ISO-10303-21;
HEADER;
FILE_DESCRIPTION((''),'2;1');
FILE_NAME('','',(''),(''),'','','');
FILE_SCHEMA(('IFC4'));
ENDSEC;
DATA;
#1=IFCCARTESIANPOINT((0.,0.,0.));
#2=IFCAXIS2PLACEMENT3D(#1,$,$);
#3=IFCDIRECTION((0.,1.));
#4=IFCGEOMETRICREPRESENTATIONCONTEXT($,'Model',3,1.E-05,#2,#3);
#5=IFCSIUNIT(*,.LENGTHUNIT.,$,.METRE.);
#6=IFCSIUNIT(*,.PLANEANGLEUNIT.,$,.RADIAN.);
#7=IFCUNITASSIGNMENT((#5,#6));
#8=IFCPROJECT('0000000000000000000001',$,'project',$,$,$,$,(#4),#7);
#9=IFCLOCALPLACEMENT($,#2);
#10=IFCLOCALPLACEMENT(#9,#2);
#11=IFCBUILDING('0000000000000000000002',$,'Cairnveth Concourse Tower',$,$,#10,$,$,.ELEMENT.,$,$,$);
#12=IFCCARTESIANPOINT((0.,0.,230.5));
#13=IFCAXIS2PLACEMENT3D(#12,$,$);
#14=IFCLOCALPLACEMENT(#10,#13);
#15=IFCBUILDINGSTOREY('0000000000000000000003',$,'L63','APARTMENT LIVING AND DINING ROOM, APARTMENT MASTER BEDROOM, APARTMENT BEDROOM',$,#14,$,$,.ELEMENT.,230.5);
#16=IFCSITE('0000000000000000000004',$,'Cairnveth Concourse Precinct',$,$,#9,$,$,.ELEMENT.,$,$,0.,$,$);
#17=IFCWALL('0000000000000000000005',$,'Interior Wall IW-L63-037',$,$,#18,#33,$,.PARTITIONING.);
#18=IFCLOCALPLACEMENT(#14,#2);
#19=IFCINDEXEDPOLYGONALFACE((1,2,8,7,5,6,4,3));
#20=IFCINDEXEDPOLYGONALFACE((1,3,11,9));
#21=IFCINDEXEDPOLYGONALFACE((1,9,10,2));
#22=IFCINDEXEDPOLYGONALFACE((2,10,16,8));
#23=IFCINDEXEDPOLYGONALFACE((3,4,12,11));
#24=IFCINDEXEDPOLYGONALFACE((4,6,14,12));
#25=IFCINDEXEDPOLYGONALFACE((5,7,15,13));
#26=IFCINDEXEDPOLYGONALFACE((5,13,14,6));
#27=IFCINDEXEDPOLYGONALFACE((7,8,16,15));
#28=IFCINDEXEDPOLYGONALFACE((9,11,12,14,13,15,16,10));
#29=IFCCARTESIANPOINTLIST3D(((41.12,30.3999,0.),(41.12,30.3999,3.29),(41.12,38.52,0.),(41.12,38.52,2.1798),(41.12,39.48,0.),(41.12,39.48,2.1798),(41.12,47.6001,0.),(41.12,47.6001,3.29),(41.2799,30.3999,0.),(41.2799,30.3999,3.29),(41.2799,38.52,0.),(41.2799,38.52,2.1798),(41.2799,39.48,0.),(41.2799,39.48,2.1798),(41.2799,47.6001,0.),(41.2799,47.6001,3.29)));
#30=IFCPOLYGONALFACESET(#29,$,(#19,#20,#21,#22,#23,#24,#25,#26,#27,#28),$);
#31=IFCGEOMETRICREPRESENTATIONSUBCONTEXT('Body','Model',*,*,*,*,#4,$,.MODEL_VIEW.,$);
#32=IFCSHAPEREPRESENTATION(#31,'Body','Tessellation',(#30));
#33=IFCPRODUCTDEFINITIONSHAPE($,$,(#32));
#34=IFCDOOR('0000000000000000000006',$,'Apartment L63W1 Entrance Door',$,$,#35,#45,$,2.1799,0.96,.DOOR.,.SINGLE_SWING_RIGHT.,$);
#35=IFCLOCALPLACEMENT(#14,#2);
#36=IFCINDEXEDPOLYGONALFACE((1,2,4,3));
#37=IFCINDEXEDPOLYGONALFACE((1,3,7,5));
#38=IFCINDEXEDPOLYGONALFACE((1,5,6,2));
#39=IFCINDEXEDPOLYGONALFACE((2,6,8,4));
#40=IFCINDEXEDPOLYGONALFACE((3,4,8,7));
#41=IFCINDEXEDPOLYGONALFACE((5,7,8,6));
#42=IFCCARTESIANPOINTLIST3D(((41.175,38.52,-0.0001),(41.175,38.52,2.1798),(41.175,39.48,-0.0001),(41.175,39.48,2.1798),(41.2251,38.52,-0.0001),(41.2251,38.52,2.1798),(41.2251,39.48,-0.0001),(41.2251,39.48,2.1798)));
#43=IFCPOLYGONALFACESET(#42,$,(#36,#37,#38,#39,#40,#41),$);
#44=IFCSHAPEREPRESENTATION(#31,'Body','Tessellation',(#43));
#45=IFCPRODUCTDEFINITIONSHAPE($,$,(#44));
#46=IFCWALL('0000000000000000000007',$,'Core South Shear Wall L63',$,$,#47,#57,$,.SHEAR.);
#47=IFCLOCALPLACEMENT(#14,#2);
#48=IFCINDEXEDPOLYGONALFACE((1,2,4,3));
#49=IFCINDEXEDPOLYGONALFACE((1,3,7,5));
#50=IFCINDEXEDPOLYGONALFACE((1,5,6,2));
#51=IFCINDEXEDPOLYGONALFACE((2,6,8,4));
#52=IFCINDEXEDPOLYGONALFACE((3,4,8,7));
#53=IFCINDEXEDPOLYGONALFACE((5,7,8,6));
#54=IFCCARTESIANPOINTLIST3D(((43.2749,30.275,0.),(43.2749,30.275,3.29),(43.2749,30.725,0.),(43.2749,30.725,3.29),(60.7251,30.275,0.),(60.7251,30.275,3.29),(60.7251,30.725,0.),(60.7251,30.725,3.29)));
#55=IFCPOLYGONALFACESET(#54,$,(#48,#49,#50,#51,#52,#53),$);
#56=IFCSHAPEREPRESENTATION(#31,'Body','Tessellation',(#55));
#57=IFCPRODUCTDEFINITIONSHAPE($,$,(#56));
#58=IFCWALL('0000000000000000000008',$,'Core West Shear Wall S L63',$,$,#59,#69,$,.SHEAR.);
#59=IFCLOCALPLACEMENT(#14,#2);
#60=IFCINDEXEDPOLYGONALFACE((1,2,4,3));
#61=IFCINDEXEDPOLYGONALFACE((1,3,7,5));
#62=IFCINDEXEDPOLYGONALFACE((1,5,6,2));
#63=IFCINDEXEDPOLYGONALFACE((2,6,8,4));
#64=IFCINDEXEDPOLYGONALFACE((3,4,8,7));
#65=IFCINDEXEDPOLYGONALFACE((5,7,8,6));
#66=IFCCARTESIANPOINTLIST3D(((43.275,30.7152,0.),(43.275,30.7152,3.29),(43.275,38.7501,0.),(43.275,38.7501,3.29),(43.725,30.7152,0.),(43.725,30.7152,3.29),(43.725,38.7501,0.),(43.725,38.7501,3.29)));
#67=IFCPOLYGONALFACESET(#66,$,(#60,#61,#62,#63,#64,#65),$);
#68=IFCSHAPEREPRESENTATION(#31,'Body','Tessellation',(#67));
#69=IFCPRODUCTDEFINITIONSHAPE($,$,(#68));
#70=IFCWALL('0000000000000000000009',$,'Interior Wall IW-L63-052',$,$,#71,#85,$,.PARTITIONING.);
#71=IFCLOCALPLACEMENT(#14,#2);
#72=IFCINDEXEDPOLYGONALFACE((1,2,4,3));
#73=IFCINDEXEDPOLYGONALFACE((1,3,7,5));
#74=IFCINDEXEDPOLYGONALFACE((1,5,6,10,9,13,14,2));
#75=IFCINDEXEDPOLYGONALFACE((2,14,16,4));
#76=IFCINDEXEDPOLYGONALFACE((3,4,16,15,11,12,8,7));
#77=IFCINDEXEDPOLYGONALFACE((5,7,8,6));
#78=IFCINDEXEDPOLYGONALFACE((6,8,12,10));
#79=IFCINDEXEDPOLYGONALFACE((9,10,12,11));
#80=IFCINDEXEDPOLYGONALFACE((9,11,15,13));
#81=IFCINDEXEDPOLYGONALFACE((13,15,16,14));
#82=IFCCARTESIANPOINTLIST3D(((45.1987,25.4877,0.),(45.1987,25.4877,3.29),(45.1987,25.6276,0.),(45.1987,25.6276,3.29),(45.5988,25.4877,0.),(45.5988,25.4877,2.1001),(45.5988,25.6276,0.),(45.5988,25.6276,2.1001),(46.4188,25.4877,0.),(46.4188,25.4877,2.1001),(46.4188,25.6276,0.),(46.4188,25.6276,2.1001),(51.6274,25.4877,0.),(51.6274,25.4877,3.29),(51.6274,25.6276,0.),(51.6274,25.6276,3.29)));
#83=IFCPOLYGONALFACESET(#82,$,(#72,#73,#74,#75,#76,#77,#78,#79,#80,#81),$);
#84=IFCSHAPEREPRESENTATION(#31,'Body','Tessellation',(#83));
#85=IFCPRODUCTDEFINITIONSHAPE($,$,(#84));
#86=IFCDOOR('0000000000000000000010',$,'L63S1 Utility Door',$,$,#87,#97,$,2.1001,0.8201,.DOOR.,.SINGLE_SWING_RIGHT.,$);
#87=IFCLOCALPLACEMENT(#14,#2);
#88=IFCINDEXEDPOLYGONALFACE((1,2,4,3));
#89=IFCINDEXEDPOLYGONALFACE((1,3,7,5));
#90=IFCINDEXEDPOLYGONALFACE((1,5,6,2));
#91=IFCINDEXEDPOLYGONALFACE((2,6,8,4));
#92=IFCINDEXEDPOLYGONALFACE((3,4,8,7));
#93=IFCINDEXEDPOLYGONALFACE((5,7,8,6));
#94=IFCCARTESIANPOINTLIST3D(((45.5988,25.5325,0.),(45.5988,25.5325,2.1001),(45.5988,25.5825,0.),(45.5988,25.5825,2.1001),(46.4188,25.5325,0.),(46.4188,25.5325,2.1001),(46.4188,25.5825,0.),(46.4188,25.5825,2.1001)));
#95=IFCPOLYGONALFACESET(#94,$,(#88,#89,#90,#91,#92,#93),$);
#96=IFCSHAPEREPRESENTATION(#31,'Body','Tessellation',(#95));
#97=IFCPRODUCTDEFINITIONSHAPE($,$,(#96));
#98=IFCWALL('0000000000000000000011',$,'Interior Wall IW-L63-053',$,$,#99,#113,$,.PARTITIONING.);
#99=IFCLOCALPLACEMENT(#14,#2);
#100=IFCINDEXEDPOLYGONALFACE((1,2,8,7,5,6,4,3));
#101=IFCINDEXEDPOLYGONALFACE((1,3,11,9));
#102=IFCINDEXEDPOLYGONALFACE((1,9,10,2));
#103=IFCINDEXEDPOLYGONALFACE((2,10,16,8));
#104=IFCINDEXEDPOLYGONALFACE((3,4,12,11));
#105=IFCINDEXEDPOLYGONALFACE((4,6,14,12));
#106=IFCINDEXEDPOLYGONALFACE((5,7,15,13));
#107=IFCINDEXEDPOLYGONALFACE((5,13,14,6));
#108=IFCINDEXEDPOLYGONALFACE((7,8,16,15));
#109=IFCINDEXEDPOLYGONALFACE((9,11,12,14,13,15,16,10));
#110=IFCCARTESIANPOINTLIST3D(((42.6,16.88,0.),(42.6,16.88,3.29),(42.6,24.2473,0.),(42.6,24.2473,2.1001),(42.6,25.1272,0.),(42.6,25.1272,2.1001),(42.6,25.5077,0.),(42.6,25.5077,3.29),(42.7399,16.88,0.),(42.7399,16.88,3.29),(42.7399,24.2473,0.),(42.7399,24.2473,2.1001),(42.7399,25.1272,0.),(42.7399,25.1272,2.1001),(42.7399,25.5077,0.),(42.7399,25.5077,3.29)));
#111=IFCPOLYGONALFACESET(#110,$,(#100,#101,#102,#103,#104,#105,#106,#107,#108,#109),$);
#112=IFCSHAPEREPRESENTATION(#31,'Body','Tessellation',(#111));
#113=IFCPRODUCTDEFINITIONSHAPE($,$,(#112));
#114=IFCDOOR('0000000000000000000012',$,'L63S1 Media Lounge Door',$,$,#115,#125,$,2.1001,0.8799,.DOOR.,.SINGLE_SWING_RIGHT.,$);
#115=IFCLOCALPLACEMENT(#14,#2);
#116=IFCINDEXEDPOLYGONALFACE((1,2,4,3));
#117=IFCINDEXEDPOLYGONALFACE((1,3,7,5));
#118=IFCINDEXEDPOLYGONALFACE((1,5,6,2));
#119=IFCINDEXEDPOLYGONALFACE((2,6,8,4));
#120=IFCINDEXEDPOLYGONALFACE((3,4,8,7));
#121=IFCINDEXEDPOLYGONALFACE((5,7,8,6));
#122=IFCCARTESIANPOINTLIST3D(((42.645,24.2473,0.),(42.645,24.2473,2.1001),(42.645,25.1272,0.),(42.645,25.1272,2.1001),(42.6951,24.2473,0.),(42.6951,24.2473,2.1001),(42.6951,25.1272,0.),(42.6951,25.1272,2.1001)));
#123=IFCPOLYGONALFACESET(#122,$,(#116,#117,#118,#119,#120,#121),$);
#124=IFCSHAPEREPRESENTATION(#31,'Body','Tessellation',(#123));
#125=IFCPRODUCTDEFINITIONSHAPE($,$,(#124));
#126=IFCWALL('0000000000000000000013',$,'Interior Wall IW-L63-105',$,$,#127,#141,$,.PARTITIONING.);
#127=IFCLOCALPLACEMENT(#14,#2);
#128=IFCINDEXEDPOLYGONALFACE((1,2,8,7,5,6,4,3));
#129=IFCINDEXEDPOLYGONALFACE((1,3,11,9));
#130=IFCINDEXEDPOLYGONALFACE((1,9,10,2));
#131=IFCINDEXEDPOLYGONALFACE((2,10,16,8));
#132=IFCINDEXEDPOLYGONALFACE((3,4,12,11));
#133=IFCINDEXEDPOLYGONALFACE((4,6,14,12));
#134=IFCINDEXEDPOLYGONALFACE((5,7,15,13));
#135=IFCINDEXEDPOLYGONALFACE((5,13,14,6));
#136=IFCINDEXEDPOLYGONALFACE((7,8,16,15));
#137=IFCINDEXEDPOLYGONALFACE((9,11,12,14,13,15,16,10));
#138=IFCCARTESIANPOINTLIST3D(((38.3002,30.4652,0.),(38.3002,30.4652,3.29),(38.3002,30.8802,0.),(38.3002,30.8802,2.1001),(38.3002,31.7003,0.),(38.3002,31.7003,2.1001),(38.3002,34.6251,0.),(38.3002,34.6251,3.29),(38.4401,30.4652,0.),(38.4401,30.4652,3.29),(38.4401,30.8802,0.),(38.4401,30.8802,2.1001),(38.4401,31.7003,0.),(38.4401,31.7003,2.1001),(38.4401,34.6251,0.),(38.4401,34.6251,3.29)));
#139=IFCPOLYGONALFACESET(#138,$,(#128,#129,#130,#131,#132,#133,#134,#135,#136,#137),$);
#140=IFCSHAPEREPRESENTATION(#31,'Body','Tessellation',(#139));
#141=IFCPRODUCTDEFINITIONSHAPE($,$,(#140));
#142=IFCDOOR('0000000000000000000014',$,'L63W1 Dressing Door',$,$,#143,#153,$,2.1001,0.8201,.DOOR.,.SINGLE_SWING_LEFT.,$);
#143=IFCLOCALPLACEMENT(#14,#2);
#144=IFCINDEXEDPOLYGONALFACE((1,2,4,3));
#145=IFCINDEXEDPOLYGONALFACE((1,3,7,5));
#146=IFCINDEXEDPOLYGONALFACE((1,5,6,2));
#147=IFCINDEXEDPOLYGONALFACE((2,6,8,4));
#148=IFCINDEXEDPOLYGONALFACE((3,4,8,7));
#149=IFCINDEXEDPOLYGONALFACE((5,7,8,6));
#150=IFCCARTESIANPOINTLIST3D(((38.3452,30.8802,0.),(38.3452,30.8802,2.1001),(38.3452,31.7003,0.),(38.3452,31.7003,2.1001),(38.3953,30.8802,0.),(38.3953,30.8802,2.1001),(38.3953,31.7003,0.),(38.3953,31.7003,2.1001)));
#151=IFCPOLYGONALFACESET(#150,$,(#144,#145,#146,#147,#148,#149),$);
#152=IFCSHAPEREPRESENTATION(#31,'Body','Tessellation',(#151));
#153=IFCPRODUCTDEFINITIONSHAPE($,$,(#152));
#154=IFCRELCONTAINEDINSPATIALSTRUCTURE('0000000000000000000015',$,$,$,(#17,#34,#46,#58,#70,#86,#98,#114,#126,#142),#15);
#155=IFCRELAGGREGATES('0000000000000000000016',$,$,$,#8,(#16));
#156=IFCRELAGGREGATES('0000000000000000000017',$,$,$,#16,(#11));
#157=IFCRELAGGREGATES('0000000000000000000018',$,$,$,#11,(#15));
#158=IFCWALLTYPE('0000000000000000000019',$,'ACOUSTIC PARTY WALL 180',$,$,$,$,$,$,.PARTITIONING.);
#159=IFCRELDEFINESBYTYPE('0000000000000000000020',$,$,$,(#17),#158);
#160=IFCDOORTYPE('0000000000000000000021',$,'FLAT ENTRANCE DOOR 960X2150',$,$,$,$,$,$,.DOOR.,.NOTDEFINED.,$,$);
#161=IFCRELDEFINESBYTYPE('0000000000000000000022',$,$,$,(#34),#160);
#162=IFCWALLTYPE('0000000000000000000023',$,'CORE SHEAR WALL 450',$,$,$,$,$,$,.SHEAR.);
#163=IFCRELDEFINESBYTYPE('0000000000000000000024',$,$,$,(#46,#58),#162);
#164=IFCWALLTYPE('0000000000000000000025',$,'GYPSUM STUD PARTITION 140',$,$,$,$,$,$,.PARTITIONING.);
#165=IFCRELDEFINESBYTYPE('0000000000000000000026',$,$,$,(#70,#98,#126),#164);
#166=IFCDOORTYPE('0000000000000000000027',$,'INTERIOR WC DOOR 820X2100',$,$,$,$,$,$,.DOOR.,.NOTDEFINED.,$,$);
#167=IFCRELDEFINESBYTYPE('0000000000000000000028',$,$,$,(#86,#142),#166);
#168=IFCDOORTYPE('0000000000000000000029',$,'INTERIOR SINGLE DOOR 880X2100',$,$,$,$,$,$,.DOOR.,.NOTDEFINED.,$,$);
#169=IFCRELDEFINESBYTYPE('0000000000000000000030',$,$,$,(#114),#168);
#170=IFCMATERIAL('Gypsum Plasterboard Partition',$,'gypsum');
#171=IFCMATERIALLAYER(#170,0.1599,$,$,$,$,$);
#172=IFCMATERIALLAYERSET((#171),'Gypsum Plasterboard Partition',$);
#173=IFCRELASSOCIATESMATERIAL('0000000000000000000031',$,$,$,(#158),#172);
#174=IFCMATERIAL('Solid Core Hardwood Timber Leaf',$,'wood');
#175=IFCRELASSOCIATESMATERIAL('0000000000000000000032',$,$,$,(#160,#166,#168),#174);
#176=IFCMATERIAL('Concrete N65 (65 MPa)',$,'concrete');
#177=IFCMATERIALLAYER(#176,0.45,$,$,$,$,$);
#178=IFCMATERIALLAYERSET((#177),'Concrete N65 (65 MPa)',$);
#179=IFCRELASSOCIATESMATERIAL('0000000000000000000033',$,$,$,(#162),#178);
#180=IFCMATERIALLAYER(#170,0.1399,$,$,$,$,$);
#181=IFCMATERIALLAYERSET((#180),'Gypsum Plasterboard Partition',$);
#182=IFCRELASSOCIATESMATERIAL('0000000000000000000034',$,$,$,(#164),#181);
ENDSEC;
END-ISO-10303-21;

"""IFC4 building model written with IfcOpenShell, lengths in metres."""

from ifc_helpers import new_model, si_unit, direction, frame, frame_2d, origin, place, context, subcontext, project, spatial, rectangle, extrude, material, layer, layer_set, type_object, element, fill, save


model = new_model("IFC4")

# Units and contexts
model_context = context("Model", 3, precision=1e-05, world=origin(), true_north=direction((0.0, 1.0)))
body_context = subcontext(model_context, "Body", "Model", "MODEL_VIEW")
ifc_project = project(units=[si_unit("LENGTHUNIT", "METRE"), si_unit("PLANEANGLEUNIT", "RADIAN")], contexts=[model_context])

# Site, building, storey
site_placement = place(None, origin())
site = spatial("IfcSite", under=ifc_project, at=site_placement, Name="Cairnveth Concourse Precinct", CompositionType="ELEMENT", RefElevation=0.0)
building_placement = place(site_placement, origin())
building = spatial("IfcBuilding", under=site, at=building_placement, Name="Cairnveth Concourse Tower", CompositionType="ELEMENT")
storey_placement = place(building_placement, frame((0.0, 0.0, 230.5)))
storey = spatial("IfcBuildingStorey", under=building, at=storey_placement, Name="L63", Description="APARTMENT LIVING AND DINING ROOM, APARTMENT MASTER BEDROOM, APARTMENT BEDROOM", CompositionType="ELEMENT", Elevation=230.5)

# Shared definitions
ifc_material_1 = material(Name="Concrete N65 (65 MPa)", Category="concrete")

# Wall, opening, door
ifc_material_2 = material(Name="Gypsum Plasterboard Partition", Category="gypsum")
ifc_layer_1 = layer(ifc_material_2, 0.1599)
ifc_layer_set_1 = layer_set([ifc_layer_1], Name="Gypsum Plasterboard Partition")
wall_type_1 = type_object("IfcWallType", Name="ACOUSTIC PARTY WALL 180", PredefinedType="PARTITIONING", material=ifc_layer_set_1)
wall_1_placement = place(storey_placement, frame((41.2, 30.3999, 0.0), z_axis=(0.0, 0.0, 1.0), x_axis=(0.0, 1.0, 0.0)))
wall_1 = element("IfcWall", 1, at=wall_1_placement, inside=storey, type_object=wall_type_1, Name="Interior Wall IW-L63-037", PredefinedType="PARTITIONING", context=body_context, shape_type="SweptSolid", body=[
    extrude(rectangle(XDim=17.2002, YDim=0.1599, at=frame_2d((8.6001, 0.0))), origin(), (0.0, 0.0, 1.0), 3.29),
])
opening_1_placement = place(wall_1_placement, frame((8.1201, 0.0, 0.0)))
opening_1 = element("IfcOpeningElement", 2, at=opening_1_placement, cuts=wall_1, PredefinedType="OPENING", context=body_context, shape_type="SweptSolid", body=[
    extrude(rectangle(XDim=0.96, YDim=2.1799, at=frame_2d((0.48, 1.0898))), frame((0.0, 0.0898, 0.0), z_axis=(0.0, -1.0, 0.0), x_axis=(1.0, 0.0, 0.0)), (0.0, 0.0, 1.0), 0.1799),
])
ifc_material_3 = material(Name="Solid Core Hardwood Timber Leaf", Category="wood")
door_type_1 = type_object("IfcDoorType", Name="FLAT ENTRANCE DOOR 960X2150", OperationType="NOTDEFINED", PredefinedType="DOOR", material=ifc_material_3)
door_1_placement = place(opening_1_placement, origin())
door_1 = element("IfcDoor", 3, at=door_1_placement, inside=storey, type_object=door_type_1, Name="Apartment L63W1 Entrance Door", OperationType="SINGLE_SWING_RIGHT", OverallHeight=2.1799, OverallWidth=0.96, PredefinedType="DOOR", context=body_context, shape_type="SweptSolid", body=[
    extrude(rectangle(XDim=0.96, YDim=2.1799, at=frame_2d((0.48, 1.0898))), frame((0.0, 0.0249, 0.0), z_axis=(0.0, -1.0, 0.0), x_axis=(1.0, 0.0, 0.0)), (0.0, 0.0, 1.0), 0.05),
])
fill(opening_1, door_1)

# Walls
ifc_layer_2 = layer(ifc_material_1, 0.45)
ifc_layer_set_2 = layer_set([ifc_layer_2], Name="Concrete N65 (65 MPa)")
wall_type_2 = type_object("IfcWallType", Name="CORE SHEAR WALL 450", PredefinedType="SHEAR", material=ifc_layer_set_2)
wall_2_placement = place(storey_placement, frame((43.2749, 30.5, 0.0), z_axis=(0.0, 0.0, 1.0), x_axis=(1.0, 0.0, 0.0)))
element("IfcWall", 4, at=wall_2_placement, inside=storey, type_object=wall_type_2, Name="Core South Shear Wall L63", PredefinedType="SHEAR", context=body_context, shape_type="SweptSolid", body=[
    extrude(rectangle(XDim=17.4502, YDim=0.45, at=frame_2d((8.7251, 0.0))), origin(), (0.0, 0.0, 1.0), 3.29),
])
wall_3_placement = place(storey_placement, frame((43.5, 30.7151, 0.0), z_axis=(0.0, 0.0, 1.0), x_axis=(0.0, 1.0, 0.0)))
element("IfcWall", 5, at=wall_3_placement, inside=storey, type_object=wall_type_2, Name="Core West Shear Wall S L63", PredefinedType="SHEAR", context=body_context, shape_type="SweptSolid", body=[
    extrude(rectangle(XDim=8.0349, YDim=0.45, at=frame_2d((4.0176, 0.0))), origin(), (0.0, 0.0, 1.0), 3.29),
])

# Walls, openings, doors
ifc_layer_3 = layer(ifc_material_2, 0.1399)
ifc_layer_set_3 = layer_set([ifc_layer_3], Name="Gypsum Plasterboard Partition")
wall_type_3 = type_object("IfcWallType", Name="GYPSUM STUD PARTITION 140", PredefinedType="PARTITIONING", material=ifc_layer_set_3)
wall_4_placement = place(storey_placement, frame((45.1987, 25.5576, 0.0), z_axis=(0.0, 0.0, 1.0), x_axis=(1.0, 0.0, 0.0)))
wall_4 = element("IfcWall", 6, at=wall_4_placement, inside=storey, type_object=wall_type_3, Name="Interior Wall IW-L63-052", PredefinedType="PARTITIONING", context=body_context, shape_type="SweptSolid", body=[
    extrude(rectangle(XDim=6.4287, YDim=0.1399, at=frame_2d((3.2144, 0.0))), origin(), (0.0, 0.0, 1.0), 3.29),
])
opening_2_placement = place(wall_4_placement, frame((0.3999, 0.0, 0.0)))
opening_2 = element("IfcOpeningElement", 7, at=opening_2_placement, cuts=wall_4, PredefinedType="OPENING", context=body_context, shape_type="SweptSolid", body=[
    extrude(rectangle(XDim=0.8201, YDim=2.1001, at=frame_2d((0.4102, 1.05))), frame((0.0, 0.0798, 0.0), z_axis=(0.0, -1.0, 0.0), x_axis=(1.0, 0.0, 0.0)), (0.0, 0.0, 1.0), 0.1599),
])
door_type_2 = type_object("IfcDoorType", Name="INTERIOR WC DOOR 820X2100", OperationType="NOTDEFINED", PredefinedType="DOOR", material=ifc_material_3)
door_2_placement = place(opening_2_placement, origin())
door_2 = element("IfcDoor", 8, at=door_2_placement, inside=storey, type_object=door_type_2, Name="L63S1 Utility Door", OperationType="SINGLE_SWING_RIGHT", OverallHeight=2.1001, OverallWidth=0.8201, PredefinedType="DOOR", context=body_context, shape_type="SweptSolid", body=[
    extrude(rectangle(XDim=0.8201, YDim=2.1001, at=frame_2d((0.4102, 1.05))), frame((0.0, 0.0249, 0.0), z_axis=(0.0, -1.0, 0.0), x_axis=(1.0, 0.0, 0.0)), (0.0, 0.0, 1.0), 0.05),
])
fill(opening_2, door_2)
wall_5_placement = place(storey_placement, frame((42.6699, 16.8799, 0.0), z_axis=(0.0, 0.0, 1.0), x_axis=(0.0, 1.0, 0.0)))
wall_5 = element("IfcWall", 9, at=wall_5_placement, inside=storey, type_object=wall_type_3, Name="Interior Wall IW-L63-053", PredefinedType="PARTITIONING", context=body_context, shape_type="SweptSolid", body=[
    extrude(rectangle(XDim=8.6277, YDim=0.1399, at=frame_2d((4.314, 0.0))), origin(), (0.0, 0.0, 1.0), 3.29),
])
opening_3_placement = place(wall_5_placement, frame((7.3674, 0.0, 0.0)))
opening_3 = element("IfcOpeningElement", 10, at=opening_3_placement, cuts=wall_5, PredefinedType="OPENING", context=body_context, shape_type="SweptSolid", body=[
    extrude(rectangle(XDim=0.8799, YDim=2.1001, at=frame_2d((0.4399, 1.05))), frame((0.0, 0.0798, 0.0), z_axis=(0.0, -1.0, 0.0), x_axis=(1.0, 0.0, 0.0)), (0.0, 0.0, 1.0), 0.1599),
])
door_type_3 = type_object("IfcDoorType", Name="INTERIOR SINGLE DOOR 880X2100", OperationType="NOTDEFINED", PredefinedType="DOOR", material=ifc_material_3)
door_3_placement = place(opening_3_placement, origin())
door_3 = element("IfcDoor", 11, at=door_3_placement, inside=storey, type_object=door_type_3, Name="L63S1 Media Lounge Door", OperationType="SINGLE_SWING_RIGHT", OverallHeight=2.1001, OverallWidth=0.8799, PredefinedType="DOOR", context=body_context, shape_type="SweptSolid", body=[
    extrude(rectangle(XDim=0.8799, YDim=2.1001, at=frame_2d((0.4399, 1.05))), frame((0.0, 0.0249, 0.0), z_axis=(0.0, -1.0, 0.0), x_axis=(1.0, 0.0, 0.0)), (0.0, 0.0, 1.0), 0.05),
])
fill(opening_3, door_3)
wall_6_placement = place(storey_placement, frame((38.3701, 30.4651, 0.0), z_axis=(0.0, 0.0, 1.0), x_axis=(0.0, 1.0, 0.0)))
wall_6 = element("IfcWall", 12, at=wall_6_placement, inside=storey, type_object=wall_type_3, Name="Interior Wall IW-L63-105", PredefinedType="PARTITIONING", context=body_context, shape_type="SweptSolid", body=[
    extrude(rectangle(XDim=4.1599, YDim=0.1399, at=frame_2d((2.0801, 0.0))), origin(), (0.0, 0.0, 1.0), 3.29),
])
opening_4_placement = place(wall_6_placement, frame((0.415, 0.0, 0.0)))
opening_4 = element("IfcOpeningElement", 13, at=opening_4_placement, cuts=wall_6, PredefinedType="OPENING", context=body_context, shape_type="SweptSolid", body=[
    extrude(rectangle(XDim=0.8201, YDim=2.1001, at=frame_2d((0.4102, 1.05))), frame((0.0, 0.0798, 0.0), z_axis=(0.0, -1.0, 0.0), x_axis=(1.0, 0.0, 0.0)), (0.0, 0.0, 1.0), 0.1599),
])
door_4_placement = place(opening_4_placement, origin())
door_4 = element("IfcDoor", 14, at=door_4_placement, inside=storey, type_object=door_type_2, Name="L63W1 Dressing Door", OperationType="SINGLE_SWING_LEFT", OverallHeight=2.1001, OverallWidth=0.8201, PredefinedType="DOOR", context=body_context, shape_type="SweptSolid", body=[
    extrude(rectangle(XDim=0.8201, YDim=2.1001, at=frame_2d((0.4102, 1.05))), frame((0.0, 0.0249, 0.0), z_axis=(0.0, -1.0, 0.0), x_axis=(1.0, 0.0, 0.0)), (0.0, 0.0, 1.0), 0.05),
])
fill(opening_4, door_4)

save(model, "model.ifc")
